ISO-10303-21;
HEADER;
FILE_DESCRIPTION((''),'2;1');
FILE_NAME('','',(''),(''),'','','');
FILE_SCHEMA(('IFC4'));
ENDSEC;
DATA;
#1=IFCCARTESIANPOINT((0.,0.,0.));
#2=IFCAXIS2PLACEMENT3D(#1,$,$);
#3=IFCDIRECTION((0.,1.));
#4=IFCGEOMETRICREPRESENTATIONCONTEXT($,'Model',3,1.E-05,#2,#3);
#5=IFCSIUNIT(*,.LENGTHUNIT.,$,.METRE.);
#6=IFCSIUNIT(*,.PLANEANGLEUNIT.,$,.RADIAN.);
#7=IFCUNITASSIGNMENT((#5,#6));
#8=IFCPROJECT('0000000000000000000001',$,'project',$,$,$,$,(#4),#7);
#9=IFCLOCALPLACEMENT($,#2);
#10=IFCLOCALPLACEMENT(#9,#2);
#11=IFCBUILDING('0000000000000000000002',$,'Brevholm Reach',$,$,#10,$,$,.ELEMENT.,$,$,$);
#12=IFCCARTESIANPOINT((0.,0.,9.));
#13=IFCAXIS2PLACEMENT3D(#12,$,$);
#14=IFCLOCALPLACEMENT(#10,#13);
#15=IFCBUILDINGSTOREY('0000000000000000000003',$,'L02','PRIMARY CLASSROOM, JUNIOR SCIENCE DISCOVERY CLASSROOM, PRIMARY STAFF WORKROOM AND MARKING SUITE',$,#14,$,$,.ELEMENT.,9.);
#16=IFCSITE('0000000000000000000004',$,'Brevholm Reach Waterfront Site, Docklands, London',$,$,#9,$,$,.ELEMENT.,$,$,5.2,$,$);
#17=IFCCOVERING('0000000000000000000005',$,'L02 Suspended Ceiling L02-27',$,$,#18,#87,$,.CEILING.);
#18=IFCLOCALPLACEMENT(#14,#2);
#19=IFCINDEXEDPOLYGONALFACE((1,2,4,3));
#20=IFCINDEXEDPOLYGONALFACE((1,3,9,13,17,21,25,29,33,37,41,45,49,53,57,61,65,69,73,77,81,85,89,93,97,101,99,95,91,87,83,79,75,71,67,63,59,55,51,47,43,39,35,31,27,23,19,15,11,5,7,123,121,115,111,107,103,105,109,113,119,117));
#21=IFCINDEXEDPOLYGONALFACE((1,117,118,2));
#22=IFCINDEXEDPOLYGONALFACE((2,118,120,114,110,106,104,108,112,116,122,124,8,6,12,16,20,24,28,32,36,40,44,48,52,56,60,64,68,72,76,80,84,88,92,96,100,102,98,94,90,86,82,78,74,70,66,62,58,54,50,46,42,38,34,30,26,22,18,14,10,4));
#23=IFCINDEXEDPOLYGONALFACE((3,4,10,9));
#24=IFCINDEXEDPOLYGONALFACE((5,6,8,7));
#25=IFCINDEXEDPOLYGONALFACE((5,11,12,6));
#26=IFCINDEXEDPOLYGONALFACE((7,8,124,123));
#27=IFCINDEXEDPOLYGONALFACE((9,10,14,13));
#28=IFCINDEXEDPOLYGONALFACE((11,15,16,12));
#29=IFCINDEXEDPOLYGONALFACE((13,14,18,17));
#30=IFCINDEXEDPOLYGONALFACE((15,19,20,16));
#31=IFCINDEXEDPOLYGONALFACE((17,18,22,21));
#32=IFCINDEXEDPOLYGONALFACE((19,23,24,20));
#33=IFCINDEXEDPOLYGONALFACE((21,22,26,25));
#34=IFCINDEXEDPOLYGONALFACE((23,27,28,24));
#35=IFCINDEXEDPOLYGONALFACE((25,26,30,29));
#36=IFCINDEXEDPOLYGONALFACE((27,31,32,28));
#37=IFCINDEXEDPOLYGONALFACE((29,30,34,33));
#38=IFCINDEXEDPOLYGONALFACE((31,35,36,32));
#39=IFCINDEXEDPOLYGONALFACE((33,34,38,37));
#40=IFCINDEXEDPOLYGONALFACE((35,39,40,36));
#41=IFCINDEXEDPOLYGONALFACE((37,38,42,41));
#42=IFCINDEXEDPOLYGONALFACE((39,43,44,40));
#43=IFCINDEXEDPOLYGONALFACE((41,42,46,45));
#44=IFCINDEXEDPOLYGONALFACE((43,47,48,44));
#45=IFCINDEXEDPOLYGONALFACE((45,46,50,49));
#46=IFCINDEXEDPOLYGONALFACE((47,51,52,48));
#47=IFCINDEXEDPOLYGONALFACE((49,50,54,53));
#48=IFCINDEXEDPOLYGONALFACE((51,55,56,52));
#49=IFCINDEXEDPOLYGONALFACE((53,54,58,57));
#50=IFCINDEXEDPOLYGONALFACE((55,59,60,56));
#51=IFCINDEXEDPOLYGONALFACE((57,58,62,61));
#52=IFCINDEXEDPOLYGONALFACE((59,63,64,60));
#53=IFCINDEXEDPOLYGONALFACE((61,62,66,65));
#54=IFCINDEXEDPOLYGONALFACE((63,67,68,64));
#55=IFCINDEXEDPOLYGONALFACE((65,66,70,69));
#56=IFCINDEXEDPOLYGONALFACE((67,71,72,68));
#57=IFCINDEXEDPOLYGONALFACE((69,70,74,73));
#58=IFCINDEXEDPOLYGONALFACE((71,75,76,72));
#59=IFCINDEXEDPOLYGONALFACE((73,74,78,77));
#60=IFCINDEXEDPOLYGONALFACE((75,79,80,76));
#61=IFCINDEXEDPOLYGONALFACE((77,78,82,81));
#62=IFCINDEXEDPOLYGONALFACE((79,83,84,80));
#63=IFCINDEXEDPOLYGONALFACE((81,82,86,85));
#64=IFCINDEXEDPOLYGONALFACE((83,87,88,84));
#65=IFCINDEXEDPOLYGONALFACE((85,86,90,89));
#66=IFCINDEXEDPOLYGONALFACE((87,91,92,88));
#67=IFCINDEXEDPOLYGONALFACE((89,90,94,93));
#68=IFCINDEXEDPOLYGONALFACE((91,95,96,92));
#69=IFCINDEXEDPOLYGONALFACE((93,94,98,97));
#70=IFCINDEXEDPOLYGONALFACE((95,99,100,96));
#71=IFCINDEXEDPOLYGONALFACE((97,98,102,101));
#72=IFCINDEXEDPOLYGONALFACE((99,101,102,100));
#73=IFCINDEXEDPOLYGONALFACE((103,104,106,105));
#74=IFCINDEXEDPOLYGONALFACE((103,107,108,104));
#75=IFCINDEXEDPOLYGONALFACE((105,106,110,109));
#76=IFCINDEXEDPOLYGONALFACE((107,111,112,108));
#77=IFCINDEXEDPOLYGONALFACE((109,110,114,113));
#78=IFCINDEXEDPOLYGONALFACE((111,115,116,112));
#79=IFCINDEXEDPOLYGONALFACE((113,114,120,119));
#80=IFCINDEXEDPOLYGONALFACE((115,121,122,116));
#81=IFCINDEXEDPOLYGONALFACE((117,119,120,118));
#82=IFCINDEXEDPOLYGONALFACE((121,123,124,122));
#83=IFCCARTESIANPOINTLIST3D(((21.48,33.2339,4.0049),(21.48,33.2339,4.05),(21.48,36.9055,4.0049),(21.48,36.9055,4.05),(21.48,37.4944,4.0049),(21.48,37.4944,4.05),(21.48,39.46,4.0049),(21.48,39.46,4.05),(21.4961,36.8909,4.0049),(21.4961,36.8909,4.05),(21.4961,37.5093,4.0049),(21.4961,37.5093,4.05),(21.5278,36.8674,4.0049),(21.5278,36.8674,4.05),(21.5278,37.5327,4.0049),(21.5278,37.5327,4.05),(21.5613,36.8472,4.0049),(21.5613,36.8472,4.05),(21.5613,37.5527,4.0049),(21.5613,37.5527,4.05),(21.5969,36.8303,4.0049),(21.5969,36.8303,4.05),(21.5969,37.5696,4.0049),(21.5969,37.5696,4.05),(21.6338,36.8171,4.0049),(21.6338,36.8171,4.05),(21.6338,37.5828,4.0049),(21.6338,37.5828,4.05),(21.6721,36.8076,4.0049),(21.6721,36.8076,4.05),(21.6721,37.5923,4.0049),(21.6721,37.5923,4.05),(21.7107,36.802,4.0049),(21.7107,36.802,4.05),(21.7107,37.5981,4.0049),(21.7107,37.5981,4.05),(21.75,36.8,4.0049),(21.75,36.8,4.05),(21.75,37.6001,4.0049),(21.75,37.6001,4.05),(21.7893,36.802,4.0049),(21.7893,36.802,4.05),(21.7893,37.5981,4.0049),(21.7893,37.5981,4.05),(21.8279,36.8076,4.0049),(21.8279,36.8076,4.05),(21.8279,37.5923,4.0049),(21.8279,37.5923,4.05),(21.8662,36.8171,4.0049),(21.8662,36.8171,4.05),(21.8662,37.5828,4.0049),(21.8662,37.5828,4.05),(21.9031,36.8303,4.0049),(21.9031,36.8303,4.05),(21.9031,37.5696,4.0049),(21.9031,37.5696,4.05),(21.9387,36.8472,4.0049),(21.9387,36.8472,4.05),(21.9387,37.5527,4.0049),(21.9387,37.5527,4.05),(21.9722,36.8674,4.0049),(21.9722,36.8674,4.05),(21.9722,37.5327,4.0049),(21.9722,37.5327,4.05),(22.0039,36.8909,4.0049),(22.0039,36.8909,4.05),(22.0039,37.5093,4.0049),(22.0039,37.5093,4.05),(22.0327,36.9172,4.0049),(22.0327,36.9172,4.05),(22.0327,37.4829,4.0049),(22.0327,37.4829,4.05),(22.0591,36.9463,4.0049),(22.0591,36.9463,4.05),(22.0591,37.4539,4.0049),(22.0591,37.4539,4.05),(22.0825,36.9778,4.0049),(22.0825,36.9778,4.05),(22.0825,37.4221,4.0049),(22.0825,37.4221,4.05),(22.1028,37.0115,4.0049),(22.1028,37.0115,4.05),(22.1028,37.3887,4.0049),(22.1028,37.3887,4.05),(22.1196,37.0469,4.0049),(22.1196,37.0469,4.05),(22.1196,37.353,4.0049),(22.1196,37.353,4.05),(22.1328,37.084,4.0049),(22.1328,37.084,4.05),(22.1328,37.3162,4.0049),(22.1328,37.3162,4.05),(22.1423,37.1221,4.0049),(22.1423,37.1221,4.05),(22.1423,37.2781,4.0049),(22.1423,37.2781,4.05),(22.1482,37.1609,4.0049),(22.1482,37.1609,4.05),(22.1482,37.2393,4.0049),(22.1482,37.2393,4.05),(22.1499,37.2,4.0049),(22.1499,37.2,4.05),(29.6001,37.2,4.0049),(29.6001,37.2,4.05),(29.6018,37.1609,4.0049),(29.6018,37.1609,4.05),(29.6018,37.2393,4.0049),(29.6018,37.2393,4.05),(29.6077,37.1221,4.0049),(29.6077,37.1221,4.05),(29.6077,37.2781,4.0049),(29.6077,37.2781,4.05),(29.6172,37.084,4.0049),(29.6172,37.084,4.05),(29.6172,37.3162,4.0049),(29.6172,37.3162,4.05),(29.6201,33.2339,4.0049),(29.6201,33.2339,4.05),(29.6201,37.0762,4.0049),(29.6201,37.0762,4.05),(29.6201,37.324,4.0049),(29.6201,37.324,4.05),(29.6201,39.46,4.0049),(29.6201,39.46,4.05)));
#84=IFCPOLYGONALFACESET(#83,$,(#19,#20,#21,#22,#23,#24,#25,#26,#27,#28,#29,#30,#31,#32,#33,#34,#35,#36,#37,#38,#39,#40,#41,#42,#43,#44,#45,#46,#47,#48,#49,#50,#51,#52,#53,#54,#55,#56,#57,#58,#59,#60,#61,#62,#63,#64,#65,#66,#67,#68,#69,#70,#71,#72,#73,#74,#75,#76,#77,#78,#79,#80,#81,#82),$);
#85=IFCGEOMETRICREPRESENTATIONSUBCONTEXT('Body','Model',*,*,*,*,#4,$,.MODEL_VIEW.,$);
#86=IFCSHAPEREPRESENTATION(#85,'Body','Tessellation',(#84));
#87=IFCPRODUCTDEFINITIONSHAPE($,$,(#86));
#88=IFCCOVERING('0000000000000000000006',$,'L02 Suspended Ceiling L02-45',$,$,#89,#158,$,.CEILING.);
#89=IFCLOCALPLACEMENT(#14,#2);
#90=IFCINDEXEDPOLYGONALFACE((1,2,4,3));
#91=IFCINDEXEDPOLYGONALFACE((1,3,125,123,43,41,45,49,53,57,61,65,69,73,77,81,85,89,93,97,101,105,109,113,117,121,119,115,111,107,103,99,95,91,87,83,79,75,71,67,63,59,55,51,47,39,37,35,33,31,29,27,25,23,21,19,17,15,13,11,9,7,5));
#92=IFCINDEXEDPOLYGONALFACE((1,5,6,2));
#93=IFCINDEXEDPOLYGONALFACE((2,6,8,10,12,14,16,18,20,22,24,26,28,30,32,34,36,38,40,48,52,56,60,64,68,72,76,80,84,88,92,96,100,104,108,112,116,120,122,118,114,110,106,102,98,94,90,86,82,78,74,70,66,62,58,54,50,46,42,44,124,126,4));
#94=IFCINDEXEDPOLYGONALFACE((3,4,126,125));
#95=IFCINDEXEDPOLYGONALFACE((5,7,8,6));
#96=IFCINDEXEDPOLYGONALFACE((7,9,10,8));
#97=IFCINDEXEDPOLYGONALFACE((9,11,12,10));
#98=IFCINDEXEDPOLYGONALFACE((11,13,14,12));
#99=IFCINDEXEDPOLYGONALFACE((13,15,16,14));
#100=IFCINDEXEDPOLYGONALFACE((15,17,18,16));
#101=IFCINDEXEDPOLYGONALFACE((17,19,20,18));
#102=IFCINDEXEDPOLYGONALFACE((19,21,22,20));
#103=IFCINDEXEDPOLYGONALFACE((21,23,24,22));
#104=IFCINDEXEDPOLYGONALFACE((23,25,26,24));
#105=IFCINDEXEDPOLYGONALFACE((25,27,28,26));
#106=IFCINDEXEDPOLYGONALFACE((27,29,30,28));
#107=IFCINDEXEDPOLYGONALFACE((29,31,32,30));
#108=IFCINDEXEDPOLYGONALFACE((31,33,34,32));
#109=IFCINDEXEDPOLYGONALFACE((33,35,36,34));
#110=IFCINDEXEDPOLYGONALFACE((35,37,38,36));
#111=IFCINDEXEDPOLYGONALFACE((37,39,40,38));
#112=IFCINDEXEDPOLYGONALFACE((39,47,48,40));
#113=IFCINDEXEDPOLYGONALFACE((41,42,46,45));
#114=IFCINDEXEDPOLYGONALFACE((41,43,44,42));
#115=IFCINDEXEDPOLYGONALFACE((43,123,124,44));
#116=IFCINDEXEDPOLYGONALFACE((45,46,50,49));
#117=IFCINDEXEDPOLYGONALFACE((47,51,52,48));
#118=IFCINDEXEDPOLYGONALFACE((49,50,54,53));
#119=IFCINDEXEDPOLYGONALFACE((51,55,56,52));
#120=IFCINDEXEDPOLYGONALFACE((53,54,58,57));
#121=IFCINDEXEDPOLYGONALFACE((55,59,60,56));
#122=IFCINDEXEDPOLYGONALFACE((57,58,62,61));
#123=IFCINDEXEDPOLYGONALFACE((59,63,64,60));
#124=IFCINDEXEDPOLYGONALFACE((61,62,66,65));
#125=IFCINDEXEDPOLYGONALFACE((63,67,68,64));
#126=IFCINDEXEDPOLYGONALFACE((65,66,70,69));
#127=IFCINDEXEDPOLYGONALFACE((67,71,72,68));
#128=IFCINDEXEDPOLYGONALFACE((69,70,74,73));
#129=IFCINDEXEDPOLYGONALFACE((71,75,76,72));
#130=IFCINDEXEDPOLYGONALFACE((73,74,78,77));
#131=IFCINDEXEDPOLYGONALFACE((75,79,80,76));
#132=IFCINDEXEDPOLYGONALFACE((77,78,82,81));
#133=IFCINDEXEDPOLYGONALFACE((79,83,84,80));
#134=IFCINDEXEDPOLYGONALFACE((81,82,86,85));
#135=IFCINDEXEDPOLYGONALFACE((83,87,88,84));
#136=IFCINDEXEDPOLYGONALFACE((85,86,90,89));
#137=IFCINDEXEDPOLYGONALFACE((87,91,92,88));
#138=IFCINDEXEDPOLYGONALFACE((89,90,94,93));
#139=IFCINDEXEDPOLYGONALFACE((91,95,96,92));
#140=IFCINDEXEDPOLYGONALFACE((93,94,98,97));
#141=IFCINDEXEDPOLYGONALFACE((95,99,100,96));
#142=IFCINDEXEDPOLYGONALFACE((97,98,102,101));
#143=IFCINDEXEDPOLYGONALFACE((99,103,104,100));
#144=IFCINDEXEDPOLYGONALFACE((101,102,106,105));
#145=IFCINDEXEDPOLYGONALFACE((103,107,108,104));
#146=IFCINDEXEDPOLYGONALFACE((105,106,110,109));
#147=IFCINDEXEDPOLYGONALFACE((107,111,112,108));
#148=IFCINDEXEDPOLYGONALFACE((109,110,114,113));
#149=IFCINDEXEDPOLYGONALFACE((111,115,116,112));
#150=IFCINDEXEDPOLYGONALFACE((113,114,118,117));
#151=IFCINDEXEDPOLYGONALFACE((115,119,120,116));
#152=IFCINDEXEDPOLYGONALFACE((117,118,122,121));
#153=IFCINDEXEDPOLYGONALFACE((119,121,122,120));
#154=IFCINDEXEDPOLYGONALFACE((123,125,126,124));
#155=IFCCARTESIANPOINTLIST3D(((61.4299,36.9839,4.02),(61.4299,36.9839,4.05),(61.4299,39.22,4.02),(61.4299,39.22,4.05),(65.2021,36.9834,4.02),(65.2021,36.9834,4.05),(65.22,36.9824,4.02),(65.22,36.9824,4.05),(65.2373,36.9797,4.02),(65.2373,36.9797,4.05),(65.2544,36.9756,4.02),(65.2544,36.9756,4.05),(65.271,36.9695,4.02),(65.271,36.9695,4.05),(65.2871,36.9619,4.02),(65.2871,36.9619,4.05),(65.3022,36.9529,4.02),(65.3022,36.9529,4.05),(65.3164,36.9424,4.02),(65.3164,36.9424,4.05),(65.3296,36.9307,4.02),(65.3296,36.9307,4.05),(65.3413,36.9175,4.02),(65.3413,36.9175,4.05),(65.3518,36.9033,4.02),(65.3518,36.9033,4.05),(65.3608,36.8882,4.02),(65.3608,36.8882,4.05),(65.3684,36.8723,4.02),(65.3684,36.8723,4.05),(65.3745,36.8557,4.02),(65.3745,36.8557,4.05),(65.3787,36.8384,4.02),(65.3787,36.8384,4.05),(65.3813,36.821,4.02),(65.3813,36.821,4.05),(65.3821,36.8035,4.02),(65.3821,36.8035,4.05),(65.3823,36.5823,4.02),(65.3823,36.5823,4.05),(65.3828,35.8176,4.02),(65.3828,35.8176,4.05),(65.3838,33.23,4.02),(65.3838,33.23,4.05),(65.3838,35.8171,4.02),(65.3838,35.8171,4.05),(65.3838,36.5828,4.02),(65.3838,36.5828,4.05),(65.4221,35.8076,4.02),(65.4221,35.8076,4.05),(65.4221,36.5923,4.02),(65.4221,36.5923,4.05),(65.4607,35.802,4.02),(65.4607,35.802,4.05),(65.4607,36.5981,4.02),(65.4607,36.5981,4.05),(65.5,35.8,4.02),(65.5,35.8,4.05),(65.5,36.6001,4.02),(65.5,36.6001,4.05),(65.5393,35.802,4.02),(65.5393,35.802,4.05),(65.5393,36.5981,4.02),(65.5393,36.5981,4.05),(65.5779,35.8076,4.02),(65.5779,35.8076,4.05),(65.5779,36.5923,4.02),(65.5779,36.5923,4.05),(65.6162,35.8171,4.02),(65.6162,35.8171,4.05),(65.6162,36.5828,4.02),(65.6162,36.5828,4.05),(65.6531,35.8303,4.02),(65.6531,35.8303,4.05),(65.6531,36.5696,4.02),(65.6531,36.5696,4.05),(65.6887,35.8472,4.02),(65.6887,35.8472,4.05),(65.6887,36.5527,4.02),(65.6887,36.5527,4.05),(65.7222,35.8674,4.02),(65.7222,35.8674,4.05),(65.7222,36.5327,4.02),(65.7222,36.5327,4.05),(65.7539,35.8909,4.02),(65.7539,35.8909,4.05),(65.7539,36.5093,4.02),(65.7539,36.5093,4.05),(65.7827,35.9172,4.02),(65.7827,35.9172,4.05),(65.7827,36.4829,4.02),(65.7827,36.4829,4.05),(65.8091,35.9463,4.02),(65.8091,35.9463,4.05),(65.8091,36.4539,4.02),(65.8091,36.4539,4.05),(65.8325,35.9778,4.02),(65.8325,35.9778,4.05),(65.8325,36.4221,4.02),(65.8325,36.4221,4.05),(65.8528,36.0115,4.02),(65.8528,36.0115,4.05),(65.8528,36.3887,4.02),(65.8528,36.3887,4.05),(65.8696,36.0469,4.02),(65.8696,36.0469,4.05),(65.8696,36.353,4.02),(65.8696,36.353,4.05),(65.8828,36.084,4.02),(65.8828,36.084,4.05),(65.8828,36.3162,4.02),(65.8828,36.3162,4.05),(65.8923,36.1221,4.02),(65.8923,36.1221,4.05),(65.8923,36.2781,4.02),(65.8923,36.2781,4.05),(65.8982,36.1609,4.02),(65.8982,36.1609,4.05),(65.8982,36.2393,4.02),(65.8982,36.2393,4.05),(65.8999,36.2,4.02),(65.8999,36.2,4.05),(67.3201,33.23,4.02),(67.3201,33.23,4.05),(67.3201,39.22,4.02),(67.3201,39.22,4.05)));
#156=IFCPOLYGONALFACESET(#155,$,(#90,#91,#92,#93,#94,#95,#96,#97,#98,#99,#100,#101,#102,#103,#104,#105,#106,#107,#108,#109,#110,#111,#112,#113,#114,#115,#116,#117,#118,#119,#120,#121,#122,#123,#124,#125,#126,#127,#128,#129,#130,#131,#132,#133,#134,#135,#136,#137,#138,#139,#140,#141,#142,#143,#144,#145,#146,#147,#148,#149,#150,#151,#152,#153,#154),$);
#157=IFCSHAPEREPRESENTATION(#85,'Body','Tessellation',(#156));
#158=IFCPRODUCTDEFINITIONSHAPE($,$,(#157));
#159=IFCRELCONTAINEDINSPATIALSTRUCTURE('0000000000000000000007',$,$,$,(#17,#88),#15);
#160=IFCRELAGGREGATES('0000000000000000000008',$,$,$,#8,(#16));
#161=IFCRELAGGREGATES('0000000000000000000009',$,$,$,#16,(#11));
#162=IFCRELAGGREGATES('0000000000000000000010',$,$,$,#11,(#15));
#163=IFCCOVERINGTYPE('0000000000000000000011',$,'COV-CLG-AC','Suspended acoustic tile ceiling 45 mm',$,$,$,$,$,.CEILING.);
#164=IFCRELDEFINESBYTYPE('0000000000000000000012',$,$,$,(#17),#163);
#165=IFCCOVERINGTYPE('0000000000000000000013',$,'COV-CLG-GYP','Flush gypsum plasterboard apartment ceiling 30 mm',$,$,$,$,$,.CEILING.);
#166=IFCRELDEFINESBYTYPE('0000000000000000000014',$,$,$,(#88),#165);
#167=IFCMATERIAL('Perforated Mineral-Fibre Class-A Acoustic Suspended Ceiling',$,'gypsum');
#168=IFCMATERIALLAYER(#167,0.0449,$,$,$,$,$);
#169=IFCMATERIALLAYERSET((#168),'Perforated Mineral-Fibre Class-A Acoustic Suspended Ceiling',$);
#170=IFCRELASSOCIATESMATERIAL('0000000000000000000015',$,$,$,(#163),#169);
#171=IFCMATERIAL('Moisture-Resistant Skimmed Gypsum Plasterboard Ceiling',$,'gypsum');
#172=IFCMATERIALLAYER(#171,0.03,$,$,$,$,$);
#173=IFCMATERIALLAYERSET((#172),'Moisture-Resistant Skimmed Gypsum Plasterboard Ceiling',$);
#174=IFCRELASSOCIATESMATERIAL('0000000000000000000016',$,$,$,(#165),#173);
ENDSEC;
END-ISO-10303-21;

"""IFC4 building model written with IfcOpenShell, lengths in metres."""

from ifc_helpers import new_model, si_unit, direction, frame, origin, place, context, subcontext, project, spatial, polyline, outline, extrude, material, layer, layer_set, type_object, element, save


model = new_model("IFC4")

# Units and contexts
model_context = context("Model", 3, precision=1e-05, world=origin(), true_north=direction((0.0, 1.0)))
body_context = subcontext(model_context, "Body", "Model", "MODEL_VIEW")
ifc_project = project(units=[si_unit("LENGTHUNIT", "METRE"), si_unit("PLANEANGLEUNIT", "RADIAN")], contexts=[model_context])

# Site, building, storey
site_placement = place(None, origin())
site = spatial("IfcSite", under=ifc_project, at=site_placement, Name="Brevholm Reach Waterfront Site, Docklands, London", CompositionType="ELEMENT", RefElevation=5.2)
building_placement = place(site_placement, origin())
building = spatial("IfcBuilding", under=site, at=building_placement, Name="Brevholm Reach", CompositionType="ELEMENT")
storey_placement = place(building_placement, frame((0.0, 0.0, 9.0)))
storey = spatial("IfcBuildingStorey", under=building, at=storey_placement, Name="L02", Description="PRIMARY CLASSROOM, JUNIOR SCIENCE DISCOVERY CLASSROOM, PRIMARY STAFF WORKROOM AND MARKING SUITE", CompositionType="ELEMENT", Elevation=9.0)

# Coverings
ifc_material_1 = material(Name="Perforated Mineral-Fibre Class-A Acoustic Suspended Ceiling", Category="gypsum")
ifc_layer_1 = layer(ifc_material_1, 0.0449)
ifc_layer_set_1 = layer_set([ifc_layer_1], Name="Perforated Mineral-Fibre Class-A Acoustic Suspended Ceiling")
covering_type_1 = type_object("IfcCoveringType", Name="COV-CLG-AC", Description="Suspended acoustic tile ceiling 45 mm", PredefinedType="CEILING", material=ifc_layer_set_1)
covering_1_placement = place(storey_placement, frame((0.0, 0.0, 4.0049)))
element("IfcCovering", 1, at=covering_1_placement, inside=storey, type_object=covering_type_1, Name="L02 Suspended Ceiling L02-27", PredefinedType="CEILING", context=body_context, shape_type="SweptSolid", body=[
    extrude(outline(polyline([(21.48, 36.9055), (21.4961, 36.8909), (21.5278, 36.8674), (21.5613, 36.8472), (21.5969, 36.8303), (21.6338, 36.8171), (21.6721, 36.8076), (21.7107, 36.802), (21.75, 36.8), (21.7893, 36.802), (21.8279, 36.8076), (21.8662, 36.8171), (21.9031, 36.8303), (21.9387, 36.8472), (21.9722, 36.8674), (22.0039, 36.8909), (22.0327, 36.9172), (22.0591, 36.9463), (22.0825, 36.9778), (22.1028, 37.0115), (22.1196, 37.0469), (22.1328, 37.084), (22.1423, 37.1221), (22.1482, 37.1609), (22.1499, 37.2), (22.1482, 37.2393), (22.1423, 37.2781), (22.1328, 37.3162), (22.1196, 37.353), (22.1028, 37.3887), (22.0825, 37.4221), (22.0591, 37.4539), (22.0327, 37.4829), (22.0039, 37.5093), (21.9722, 37.5327), (21.9387, 37.5527), (21.9031, 37.5696), (21.8662, 37.5828), (21.8279, 37.5923), (21.7893, 37.5981), (21.75, 37.6001), (21.7107, 37.5981), (21.6721, 37.5923), (21.6338, 37.5828), (21.5969, 37.5696), (21.5613, 37.5527), (21.5278, 37.5327), (21.4961, 37.5093), (21.48, 37.4944), (21.48, 39.46), (29.6201, 39.46), (29.6201, 37.324), (29.6172, 37.3162), (29.6077, 37.2781), (29.6018, 37.2393), (29.6001, 37.2), (29.6018, 37.1609), (29.6077, 37.1221), (29.6172, 37.084), (29.6201, 37.0762), (29.6201, 33.2339), (21.48, 33.2339), (21.48, 36.9055)])), origin(), (0.0, 0.0, 1.0), 0.0452),
])
ifc_material_2 = material(Name="Moisture-Resistant Skimmed Gypsum Plasterboard Ceiling", Category="gypsum")
ifc_layer_2 = layer(ifc_material_2, 0.03)
ifc_layer_set_2 = layer_set([ifc_layer_2], Name="Moisture-Resistant Skimmed Gypsum Plasterboard Ceiling")
covering_type_2 = type_object("IfcCoveringType", Name="COV-CLG-GYP", Description="Flush gypsum plasterboard apartment ceiling 30 mm", PredefinedType="CEILING", material=ifc_layer_set_2)
covering_2_placement = place(storey_placement, frame((0.0, 0.0, 4.02)))
element("IfcCovering", 2, at=covering_2_placement, inside=storey, type_object=covering_type_2, Name="L02 Suspended Ceiling L02-45", PredefinedType="CEILING", context=body_context, shape_type="SweptSolid", body=[
    extrude(outline(polyline([(61.4299, 39.22), (67.3201, 39.22), (67.3201, 33.23), (65.3838, 33.23), (65.3828, 35.8176), (65.3838, 35.8171), (65.4221, 35.8076), (65.4607, 35.802), (65.5, 35.8), (65.5393, 35.802), (65.5779, 35.8076), (65.6162, 35.8171), (65.6531, 35.8303), (65.6887, 35.8472), (65.7222, 35.8674), (65.7539, 35.8909), (65.7827, 35.9172), (65.8091, 35.9463), (65.8325, 35.9778), (65.8528, 36.0115), (65.8696, 36.0469), (65.8828, 36.084), (65.8923, 36.1221), (65.8982, 36.1609), (65.8999, 36.2), (65.8982, 36.2393), (65.8923, 36.2781), (65.8828, 36.3162), (65.8696, 36.353), (65.8528, 36.3887), (65.8325, 36.4221), (65.8091, 36.4539), (65.7827, 36.4829), (65.7539, 36.5093), (65.7222, 36.5327), (65.6887, 36.5527), (65.6531, 36.5696), (65.6162, 36.5828), (65.5779, 36.5923), (65.5393, 36.5981), (65.5, 36.6001), (65.4607, 36.5981), (65.4221, 36.5923), (65.3838, 36.5828), (65.3823, 36.5823), (65.3821, 36.8035), (65.3813, 36.821), (65.3787, 36.8384), (65.3745, 36.8557), (65.3684, 36.8723), (65.3608, 36.8882), (65.3518, 36.9033), (65.3413, 36.9175), (65.3296, 36.9307), (65.3164, 36.9424), (65.3022, 36.9529), (65.2871, 36.9619), (65.271, 36.9695), (65.2544, 36.9756), (65.2373, 36.9797), (65.22, 36.9824), (65.2021, 36.9834), (61.4299, 36.9839), (61.4299, 39.22)])), origin(), (0.0, 0.0, 1.0), 0.03),
])

save(model, "model.ifc")
